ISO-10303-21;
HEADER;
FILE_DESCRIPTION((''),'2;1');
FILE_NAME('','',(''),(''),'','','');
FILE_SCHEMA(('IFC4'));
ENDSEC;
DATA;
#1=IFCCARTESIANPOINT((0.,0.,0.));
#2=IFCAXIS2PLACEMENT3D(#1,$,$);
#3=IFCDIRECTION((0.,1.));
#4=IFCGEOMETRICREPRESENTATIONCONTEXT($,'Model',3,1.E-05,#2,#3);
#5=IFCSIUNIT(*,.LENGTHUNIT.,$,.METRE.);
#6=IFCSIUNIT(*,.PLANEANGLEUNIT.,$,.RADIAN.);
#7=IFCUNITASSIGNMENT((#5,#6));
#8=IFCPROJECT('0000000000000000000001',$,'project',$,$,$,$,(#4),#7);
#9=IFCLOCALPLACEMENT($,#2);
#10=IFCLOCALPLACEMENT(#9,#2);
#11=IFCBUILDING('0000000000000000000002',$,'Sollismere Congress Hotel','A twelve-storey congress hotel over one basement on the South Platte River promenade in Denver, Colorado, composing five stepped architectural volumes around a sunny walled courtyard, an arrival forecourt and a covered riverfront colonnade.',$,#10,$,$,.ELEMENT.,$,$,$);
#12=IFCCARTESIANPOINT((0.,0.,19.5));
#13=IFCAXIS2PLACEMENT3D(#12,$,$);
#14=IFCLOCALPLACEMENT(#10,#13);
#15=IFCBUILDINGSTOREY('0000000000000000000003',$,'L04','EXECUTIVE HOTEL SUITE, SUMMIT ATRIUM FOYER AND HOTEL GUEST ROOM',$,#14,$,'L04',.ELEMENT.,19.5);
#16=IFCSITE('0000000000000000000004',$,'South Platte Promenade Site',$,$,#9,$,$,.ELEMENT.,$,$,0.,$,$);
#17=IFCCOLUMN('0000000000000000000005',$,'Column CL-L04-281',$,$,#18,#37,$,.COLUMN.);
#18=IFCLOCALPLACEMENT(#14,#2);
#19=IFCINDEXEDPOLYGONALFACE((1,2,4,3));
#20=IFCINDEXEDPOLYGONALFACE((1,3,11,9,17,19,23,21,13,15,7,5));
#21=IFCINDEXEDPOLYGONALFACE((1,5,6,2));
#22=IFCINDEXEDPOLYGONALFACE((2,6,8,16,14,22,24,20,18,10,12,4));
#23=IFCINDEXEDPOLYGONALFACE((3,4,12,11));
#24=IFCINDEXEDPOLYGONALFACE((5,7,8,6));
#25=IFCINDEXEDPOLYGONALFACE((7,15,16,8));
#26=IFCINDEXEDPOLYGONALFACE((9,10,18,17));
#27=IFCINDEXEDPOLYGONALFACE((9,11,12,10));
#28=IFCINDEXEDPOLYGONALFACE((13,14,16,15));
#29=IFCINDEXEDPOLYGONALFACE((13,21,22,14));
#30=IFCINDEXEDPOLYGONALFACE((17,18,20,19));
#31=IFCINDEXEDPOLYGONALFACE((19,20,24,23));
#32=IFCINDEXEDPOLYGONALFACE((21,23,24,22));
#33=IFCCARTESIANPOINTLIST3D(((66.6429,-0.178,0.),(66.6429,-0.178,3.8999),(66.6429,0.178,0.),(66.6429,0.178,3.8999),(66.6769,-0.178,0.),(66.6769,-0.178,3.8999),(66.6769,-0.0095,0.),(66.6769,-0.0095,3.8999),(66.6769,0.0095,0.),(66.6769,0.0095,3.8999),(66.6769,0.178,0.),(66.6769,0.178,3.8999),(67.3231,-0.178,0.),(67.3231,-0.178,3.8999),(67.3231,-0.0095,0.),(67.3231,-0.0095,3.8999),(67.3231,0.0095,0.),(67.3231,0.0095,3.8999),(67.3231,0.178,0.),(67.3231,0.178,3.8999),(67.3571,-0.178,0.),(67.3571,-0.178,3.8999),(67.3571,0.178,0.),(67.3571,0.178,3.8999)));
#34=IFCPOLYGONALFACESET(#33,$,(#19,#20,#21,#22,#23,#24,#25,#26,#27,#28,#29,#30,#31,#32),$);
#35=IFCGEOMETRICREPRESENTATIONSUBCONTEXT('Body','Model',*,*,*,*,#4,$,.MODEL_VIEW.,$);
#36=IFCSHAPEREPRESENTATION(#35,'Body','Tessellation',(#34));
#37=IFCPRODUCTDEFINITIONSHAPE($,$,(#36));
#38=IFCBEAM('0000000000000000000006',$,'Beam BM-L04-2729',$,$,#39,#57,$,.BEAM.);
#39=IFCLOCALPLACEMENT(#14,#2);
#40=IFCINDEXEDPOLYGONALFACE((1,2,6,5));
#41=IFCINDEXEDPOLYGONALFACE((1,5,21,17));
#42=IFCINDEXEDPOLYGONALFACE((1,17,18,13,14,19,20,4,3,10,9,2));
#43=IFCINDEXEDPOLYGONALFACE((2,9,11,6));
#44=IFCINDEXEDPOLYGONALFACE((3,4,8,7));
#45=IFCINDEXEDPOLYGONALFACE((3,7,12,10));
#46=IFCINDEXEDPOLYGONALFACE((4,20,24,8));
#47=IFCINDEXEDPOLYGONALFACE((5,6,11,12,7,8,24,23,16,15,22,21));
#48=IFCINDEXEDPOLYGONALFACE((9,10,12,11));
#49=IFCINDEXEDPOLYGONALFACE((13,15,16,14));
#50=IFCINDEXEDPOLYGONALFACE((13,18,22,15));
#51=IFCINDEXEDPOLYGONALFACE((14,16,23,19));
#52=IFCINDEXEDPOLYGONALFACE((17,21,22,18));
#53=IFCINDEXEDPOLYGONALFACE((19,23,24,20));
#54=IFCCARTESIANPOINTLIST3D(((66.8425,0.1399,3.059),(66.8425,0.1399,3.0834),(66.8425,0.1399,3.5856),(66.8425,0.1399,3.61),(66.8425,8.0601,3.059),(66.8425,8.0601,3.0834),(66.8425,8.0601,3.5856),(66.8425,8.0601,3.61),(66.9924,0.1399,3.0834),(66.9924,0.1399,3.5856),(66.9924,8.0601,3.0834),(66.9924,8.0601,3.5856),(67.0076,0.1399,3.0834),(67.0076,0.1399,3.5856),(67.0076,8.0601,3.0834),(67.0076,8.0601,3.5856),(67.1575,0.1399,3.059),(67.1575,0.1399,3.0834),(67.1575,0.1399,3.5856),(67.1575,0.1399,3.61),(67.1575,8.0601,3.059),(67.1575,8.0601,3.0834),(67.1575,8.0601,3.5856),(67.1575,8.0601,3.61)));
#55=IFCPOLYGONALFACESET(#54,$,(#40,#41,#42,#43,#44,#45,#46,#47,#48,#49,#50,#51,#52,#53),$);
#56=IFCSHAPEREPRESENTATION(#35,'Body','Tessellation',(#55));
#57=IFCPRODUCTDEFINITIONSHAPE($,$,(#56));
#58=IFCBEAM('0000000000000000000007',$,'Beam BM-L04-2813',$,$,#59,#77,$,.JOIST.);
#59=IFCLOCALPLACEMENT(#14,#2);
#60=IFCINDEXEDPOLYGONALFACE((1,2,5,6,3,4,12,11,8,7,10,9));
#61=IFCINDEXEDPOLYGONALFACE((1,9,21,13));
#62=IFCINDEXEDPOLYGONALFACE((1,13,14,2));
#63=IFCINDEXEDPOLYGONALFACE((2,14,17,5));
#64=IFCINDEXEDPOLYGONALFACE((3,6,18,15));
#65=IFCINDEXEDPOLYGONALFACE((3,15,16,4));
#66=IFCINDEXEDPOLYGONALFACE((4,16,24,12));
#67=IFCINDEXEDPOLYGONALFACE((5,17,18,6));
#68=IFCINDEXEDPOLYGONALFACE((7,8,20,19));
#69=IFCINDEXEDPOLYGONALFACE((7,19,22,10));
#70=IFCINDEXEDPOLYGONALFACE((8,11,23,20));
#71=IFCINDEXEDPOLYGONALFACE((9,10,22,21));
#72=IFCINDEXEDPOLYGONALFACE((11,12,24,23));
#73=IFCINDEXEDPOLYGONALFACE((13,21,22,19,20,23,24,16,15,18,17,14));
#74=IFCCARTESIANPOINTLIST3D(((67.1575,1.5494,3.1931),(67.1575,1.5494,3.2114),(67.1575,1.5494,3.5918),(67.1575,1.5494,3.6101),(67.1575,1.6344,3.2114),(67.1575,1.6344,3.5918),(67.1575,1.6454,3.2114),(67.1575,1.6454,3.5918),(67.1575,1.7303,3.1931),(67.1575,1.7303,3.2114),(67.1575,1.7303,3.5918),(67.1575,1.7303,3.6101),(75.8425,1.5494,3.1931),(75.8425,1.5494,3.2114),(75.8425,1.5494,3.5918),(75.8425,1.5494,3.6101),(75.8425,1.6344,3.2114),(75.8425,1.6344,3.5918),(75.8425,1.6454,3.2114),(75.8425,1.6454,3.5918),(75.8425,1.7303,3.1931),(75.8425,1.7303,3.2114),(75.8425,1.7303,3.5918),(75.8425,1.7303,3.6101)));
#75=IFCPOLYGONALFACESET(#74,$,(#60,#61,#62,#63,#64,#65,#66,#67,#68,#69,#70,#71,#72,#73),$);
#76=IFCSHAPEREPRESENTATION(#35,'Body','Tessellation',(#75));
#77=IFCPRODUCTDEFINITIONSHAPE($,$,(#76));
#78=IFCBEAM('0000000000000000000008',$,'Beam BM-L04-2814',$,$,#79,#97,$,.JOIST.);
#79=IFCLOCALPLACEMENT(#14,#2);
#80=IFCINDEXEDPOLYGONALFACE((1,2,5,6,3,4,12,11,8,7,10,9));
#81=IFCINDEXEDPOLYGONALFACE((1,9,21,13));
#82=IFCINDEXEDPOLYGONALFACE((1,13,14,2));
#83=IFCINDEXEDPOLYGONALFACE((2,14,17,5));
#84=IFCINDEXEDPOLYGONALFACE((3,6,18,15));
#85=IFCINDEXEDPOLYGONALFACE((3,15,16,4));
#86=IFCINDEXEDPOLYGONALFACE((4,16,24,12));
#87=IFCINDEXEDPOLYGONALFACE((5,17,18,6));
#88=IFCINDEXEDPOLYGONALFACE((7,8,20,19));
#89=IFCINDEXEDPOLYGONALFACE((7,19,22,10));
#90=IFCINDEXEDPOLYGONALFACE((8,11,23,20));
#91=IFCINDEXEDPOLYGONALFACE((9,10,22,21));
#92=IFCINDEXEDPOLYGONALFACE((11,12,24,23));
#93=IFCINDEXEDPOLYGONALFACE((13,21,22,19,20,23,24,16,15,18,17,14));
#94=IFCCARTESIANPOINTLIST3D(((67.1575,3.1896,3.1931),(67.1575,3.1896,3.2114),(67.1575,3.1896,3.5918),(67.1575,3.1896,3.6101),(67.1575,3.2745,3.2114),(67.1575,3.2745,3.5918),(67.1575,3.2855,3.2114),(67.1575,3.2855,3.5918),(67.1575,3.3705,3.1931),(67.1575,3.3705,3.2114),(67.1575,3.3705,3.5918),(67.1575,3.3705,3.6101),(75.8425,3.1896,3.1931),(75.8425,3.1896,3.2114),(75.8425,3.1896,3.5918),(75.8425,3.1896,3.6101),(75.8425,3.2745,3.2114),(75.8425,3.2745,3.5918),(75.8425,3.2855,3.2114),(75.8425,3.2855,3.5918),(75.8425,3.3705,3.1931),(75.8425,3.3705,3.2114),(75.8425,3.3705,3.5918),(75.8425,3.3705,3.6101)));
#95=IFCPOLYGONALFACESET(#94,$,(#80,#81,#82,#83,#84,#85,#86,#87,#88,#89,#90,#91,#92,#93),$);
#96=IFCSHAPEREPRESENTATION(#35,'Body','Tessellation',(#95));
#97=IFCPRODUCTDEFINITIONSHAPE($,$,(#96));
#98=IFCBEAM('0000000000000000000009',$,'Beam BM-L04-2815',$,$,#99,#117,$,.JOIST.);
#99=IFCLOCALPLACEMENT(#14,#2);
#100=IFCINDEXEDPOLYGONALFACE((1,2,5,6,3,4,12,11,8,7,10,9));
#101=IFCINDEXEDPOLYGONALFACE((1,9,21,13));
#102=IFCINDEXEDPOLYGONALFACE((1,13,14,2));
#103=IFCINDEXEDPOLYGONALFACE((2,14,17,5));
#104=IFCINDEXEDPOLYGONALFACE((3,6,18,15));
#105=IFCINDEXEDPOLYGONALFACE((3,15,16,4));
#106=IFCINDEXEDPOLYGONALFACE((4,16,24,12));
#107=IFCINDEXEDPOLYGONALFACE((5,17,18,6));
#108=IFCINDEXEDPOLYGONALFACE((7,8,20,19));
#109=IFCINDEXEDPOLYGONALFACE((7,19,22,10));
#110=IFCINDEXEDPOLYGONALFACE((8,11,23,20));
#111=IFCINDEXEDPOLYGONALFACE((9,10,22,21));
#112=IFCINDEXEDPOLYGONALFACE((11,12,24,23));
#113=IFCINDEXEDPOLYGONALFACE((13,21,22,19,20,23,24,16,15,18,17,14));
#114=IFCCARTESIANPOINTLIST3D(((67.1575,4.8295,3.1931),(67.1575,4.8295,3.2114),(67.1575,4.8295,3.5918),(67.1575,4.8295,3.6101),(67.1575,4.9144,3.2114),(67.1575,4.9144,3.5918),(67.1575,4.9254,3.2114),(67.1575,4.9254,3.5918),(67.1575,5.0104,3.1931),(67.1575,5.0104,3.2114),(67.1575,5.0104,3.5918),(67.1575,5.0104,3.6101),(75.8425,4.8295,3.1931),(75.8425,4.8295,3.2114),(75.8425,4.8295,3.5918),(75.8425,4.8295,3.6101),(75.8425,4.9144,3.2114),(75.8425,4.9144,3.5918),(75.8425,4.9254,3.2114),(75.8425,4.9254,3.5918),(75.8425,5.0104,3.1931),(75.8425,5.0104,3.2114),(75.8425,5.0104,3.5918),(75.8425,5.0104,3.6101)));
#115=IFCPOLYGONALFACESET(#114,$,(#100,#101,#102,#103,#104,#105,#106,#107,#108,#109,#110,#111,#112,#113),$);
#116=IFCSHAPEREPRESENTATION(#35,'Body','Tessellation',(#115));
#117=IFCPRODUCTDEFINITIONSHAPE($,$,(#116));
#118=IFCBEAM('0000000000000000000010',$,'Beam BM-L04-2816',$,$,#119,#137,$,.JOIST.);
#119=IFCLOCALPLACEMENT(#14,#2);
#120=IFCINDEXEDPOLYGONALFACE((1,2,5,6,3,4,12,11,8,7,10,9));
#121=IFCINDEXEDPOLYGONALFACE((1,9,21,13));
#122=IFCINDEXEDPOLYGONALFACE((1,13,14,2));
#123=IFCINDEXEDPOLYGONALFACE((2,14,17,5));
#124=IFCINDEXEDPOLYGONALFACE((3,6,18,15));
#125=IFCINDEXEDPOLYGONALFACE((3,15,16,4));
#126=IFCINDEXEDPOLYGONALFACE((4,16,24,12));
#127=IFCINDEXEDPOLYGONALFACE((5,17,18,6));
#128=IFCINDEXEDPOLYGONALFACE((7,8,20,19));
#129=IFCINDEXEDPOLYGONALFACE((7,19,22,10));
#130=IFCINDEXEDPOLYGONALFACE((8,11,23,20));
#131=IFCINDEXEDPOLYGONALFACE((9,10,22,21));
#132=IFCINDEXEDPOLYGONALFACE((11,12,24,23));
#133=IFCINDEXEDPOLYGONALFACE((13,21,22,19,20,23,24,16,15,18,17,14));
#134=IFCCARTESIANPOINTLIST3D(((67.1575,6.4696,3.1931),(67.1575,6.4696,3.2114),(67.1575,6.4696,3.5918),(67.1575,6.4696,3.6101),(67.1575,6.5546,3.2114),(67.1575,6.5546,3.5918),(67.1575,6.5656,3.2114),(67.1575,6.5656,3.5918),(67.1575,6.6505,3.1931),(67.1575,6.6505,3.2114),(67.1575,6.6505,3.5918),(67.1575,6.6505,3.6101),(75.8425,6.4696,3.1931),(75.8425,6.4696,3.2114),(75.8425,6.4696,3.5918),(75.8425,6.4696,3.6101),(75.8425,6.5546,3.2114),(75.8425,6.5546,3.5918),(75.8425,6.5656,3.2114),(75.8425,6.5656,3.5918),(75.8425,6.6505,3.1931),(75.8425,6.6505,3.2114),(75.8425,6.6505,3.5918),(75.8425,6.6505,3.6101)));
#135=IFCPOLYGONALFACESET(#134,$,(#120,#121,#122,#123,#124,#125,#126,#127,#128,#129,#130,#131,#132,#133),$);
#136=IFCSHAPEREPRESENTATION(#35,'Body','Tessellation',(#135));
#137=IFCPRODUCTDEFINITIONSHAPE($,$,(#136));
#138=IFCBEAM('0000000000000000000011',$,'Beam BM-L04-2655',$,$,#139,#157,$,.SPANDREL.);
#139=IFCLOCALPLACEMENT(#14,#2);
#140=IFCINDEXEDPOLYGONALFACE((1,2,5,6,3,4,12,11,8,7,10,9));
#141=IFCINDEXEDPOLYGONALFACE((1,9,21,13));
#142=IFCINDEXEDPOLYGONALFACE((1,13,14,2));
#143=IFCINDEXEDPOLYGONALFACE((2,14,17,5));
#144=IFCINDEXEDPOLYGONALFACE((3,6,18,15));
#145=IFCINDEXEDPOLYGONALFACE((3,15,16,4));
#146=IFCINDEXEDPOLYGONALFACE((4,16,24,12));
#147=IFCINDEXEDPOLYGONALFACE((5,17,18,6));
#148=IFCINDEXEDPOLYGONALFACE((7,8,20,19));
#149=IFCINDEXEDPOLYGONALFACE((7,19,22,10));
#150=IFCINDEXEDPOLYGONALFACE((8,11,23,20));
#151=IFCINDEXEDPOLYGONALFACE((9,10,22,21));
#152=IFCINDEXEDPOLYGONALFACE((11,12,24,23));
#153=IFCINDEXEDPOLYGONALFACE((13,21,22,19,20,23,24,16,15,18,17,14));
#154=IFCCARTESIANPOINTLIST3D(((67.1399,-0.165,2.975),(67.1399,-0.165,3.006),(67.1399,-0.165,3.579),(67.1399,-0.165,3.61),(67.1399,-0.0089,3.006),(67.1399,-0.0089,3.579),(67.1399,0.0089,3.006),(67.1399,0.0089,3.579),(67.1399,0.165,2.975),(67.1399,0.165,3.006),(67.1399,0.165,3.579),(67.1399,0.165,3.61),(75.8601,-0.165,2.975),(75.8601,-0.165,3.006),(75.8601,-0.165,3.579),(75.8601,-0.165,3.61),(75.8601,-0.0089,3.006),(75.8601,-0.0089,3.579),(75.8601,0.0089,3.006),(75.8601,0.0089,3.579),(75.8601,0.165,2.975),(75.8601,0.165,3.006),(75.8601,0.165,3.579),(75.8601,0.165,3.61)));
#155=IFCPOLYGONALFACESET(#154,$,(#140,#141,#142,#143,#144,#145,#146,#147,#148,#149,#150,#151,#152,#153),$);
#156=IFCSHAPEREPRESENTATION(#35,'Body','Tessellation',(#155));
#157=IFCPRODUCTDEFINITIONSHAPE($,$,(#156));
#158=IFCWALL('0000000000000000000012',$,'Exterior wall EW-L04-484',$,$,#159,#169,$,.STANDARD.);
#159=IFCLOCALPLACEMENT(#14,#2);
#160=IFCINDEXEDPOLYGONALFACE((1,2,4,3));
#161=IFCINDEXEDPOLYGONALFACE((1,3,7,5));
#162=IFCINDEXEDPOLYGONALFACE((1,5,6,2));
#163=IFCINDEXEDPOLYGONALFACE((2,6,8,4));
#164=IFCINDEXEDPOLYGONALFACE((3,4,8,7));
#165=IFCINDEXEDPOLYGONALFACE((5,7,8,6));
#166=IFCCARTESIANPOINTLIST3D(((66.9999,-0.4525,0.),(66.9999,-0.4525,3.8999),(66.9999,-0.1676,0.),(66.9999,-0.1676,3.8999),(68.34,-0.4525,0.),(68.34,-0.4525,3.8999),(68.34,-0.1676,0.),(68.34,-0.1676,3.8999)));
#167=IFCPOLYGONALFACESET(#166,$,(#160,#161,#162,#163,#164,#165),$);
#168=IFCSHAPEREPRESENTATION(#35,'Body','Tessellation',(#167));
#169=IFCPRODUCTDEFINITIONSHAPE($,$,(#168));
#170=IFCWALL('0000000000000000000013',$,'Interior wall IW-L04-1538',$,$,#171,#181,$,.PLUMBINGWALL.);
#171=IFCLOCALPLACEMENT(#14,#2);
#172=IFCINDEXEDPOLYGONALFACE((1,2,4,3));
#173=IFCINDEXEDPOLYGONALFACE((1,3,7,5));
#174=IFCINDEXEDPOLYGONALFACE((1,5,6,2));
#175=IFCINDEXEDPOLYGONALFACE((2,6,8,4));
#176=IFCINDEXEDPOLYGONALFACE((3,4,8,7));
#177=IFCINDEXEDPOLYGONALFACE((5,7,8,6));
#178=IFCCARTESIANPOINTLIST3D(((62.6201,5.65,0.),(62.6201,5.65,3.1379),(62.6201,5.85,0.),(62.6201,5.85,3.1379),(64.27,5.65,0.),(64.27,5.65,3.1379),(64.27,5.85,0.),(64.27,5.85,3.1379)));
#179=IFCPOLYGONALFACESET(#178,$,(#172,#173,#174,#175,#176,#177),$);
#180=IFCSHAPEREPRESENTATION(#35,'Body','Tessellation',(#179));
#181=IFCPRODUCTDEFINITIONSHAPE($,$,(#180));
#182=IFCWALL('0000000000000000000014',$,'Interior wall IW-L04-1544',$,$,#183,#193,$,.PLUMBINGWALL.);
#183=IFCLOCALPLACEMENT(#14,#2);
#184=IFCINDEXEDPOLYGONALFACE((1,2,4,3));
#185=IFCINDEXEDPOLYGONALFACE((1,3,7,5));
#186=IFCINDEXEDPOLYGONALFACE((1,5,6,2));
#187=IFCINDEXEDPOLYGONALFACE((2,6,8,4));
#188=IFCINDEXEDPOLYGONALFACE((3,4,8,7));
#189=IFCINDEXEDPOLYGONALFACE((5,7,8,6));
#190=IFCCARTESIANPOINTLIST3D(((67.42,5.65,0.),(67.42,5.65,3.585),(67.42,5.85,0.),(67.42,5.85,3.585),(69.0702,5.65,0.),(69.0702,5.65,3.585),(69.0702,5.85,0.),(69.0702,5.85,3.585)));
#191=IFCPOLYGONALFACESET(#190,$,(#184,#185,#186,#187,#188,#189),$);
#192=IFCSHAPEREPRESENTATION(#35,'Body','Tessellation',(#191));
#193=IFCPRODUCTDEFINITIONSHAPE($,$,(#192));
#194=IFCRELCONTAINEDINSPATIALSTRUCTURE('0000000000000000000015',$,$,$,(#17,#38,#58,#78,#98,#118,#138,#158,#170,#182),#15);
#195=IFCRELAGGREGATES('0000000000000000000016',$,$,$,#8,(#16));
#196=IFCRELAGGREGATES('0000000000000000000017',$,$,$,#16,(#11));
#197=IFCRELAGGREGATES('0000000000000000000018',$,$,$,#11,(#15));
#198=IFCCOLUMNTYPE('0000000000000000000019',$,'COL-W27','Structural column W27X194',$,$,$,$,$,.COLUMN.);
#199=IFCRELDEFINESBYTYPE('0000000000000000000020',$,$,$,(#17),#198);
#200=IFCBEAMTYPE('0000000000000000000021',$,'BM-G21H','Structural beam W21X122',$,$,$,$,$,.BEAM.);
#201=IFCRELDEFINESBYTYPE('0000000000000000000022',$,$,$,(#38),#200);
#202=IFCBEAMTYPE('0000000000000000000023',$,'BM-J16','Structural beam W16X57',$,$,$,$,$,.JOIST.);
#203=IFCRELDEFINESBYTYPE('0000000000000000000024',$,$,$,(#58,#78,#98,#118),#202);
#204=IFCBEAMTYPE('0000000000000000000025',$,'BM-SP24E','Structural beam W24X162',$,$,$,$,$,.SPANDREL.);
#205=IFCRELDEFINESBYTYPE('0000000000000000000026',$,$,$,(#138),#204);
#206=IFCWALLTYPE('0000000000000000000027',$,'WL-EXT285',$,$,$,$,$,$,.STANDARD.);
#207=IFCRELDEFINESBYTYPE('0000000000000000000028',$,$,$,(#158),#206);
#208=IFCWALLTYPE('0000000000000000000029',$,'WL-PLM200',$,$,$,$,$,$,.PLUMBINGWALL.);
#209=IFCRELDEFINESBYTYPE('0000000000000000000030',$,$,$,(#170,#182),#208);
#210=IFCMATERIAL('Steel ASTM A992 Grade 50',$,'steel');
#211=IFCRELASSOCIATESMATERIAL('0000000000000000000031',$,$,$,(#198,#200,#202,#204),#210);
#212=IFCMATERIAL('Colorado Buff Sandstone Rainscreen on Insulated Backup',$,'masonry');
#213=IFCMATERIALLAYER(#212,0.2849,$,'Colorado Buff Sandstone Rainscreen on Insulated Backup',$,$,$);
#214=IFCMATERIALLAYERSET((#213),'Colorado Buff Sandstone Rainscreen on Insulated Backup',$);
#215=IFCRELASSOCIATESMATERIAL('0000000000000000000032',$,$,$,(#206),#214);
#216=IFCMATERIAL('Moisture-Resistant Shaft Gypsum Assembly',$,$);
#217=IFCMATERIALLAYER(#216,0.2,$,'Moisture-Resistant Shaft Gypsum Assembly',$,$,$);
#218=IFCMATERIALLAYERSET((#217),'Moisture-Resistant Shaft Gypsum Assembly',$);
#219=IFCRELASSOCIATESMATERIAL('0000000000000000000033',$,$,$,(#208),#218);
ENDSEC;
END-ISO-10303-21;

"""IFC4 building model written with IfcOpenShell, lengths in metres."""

from ifc_helpers import new_model, si_unit, direction, frame, frame_2d, origin, origin_2d, place, context, subcontext, project, spatial, rectangle, i_section, extrude, material, layer, layer_set, material_profile, profile_set, type_object, element, save


model = new_model("IFC4")

# Units and contexts
model_context = context("Model", 3, precision=1e-05, world=origin(), true_north=direction((0.0, 1.0)))
body_context = subcontext(model_context, "Body", "Model", "MODEL_VIEW")
ifc_project = project(units=[si_unit("LENGTHUNIT", "METRE"), si_unit("PLANEANGLEUNIT", "RADIAN")], contexts=[model_context])

# Site, building, storey
site_placement = place(None, origin())
site = spatial("IfcSite", under=ifc_project, at=site_placement, Name="South Platte Promenade Site", CompositionType="ELEMENT", RefElevation=0.0)
building_placement = place(site_placement, origin())
building = spatial("IfcBuilding", under=site, at=building_placement, Name="Sollismere Congress Hotel", Description="A twelve-storey congress hotel over one basement on the South Platte River promenade in Denver, Colorado, composing five stepped architectural volumes around a sunny walled courtyard, an arrival forecourt and a covered riverfront colonnade.", CompositionType="ELEMENT")
storey_placement = place(building_placement, frame((0.0, 0.0, 19.5)))
storey = spatial("IfcBuildingStorey", under=building, at=storey_placement, Name="L04", Description="EXECUTIVE HOTEL SUITE, SUMMIT ATRIUM FOYER AND HOTEL GUEST ROOM", LongName="L04", CompositionType="ELEMENT", Elevation=19.5)

# Column
ifc_material_1 = material(Name="Steel ASTM A992 Grade 50", Category="steel")
ifc_material_profile_1 = material_profile(ifc_material_1, i_section(OverallWidth=0.356, OverallDepth=0.7141, WebThickness=0.019, FlangeThickness=0.0339, at=origin_2d()), Name="W27X194")
ifc_profile_set_1 = profile_set([ifc_material_profile_1], Name="Steel ASTM A992 Grade 50")
column_type = type_object("IfcColumnType", Name="COL-W27", Description="Structural column W27X194", PredefinedType="COLUMN", material=ifc_profile_set_1)
column_placement = place(storey_placement, frame((67.0, 0.0, 0.0), z_axis=(0.0, 0.0, 1.0), x_axis=(0.0, 1.0, 0.0)))
element("IfcColumn", 1, at=column_placement, inside=storey, type_object=column_type, Name="Column CL-L04-281", PredefinedType="COLUMN", context=body_context, shape_type="SweptSolid", body=[
    extrude(i_section(OverallWidth=0.356, OverallDepth=0.7141, WebThickness=0.019, FlangeThickness=0.0339, at=origin_2d()), origin(), (0.0, 0.0, 1.0), 3.8999),
])

# Beams
ifc_material_profile_2 = material_profile(ifc_material_1, i_section(OverallWidth=0.3149, OverallDepth=0.551, WebThickness=0.0151, FlangeThickness=0.0244, at=origin_2d()), Name="W21X122")
ifc_profile_set_2 = profile_set([ifc_material_profile_2], Name="Steel ASTM A992 Grade 50")
beam_type_1 = type_object("IfcBeamType", Name="BM-G21H", Description="Structural beam W21X122", PredefinedType="BEAM", material=ifc_profile_set_2)
beam_1_placement = place(storey_placement, frame((67.0, 0.1399, 3.3345), z_axis=(0.0, 1.0, 0.0), x_axis=(-1.0, 0.0, 0.0)))
element("IfcBeam", 2, at=beam_1_placement, inside=storey, type_object=beam_type_1, Name="Beam BM-L04-2729", PredefinedType="BEAM", context=body_context, shape_type="SweptSolid", body=[
    extrude(i_section(OverallWidth=0.3149, OverallDepth=0.551, WebThickness=0.0151, FlangeThickness=0.0244, at=origin_2d()), origin(), (0.0, 0.0, 1.0), 7.9202),
])
ifc_material_profile_3 = material_profile(ifc_material_1, i_section(OverallWidth=0.1809, OverallDepth=0.417, WebThickness=0.011, FlangeThickness=0.0183, at=origin_2d()), Name="W16X57")
ifc_profile_set_3 = profile_set([ifc_material_profile_3], Name="Steel ASTM A992 Grade 50")
beam_type_2 = type_object("IfcBeamType", Name="BM-J16", Description="Structural beam W16X57", PredefinedType="JOIST", material=ifc_profile_set_3)
for number, where, z_axis, x_axis, name in (
    (3, (67.1575, 1.6399, 3.4016), (1.0, 0.0, 0.0), (0.0, 1.0, 0.0), "Beam BM-L04-2813"),
    (4, (67.1575, 3.28, 3.4016), (1.0, 0.0, 0.0), (0.0, 1.0, 0.0), "Beam BM-L04-2814"),
    (5, (67.1575, 4.9199, 3.4016), (1.0, 0.0, 0.0), (0.0, 1.0, 0.0), "Beam BM-L04-2815"),
    (6, (67.1575, 6.5601, 3.4016), (1.0, 0.0, 0.0), (0.0, 1.0, 0.0), "Beam BM-L04-2816"),
):
    element("IfcBeam", number, at=place(storey_placement, frame(where, z_axis=z_axis, x_axis=x_axis)), inside=storey, type_object=beam_type_2, Name=name, PredefinedType="JOIST", context=body_context, shape_type="SweptSolid", body=[
        extrude(i_section(OverallWidth=0.1809, OverallDepth=0.417, WebThickness=0.011, FlangeThickness=0.0183, at=origin_2d()), origin(), (0.0, 0.0, 1.0), 8.6851),
    ])
ifc_material_profile_4 = material_profile(ifc_material_1, i_section(OverallWidth=0.3301, OverallDepth=0.635, WebThickness=0.0178, FlangeThickness=0.031, at=origin_2d()), Name="W24X162")
ifc_profile_set_4 = profile_set([ifc_material_profile_4], Name="Steel ASTM A992 Grade 50")
beam_type_3 = type_object("IfcBeamType", Name="BM-SP24E", Description="Structural beam W24X162", PredefinedType="SPANDREL", material=ifc_profile_set_4)
beam_2_placement = place(storey_placement, frame((67.1399, 0.0, 3.2925), z_axis=(1.0, 0.0, 0.0), x_axis=(0.0, 1.0, 0.0)))
element("IfcBeam", 7, at=beam_2_placement, inside=storey, type_object=beam_type_3, Name="Beam BM-L04-2655", PredefinedType="SPANDREL", context=body_context, shape_type="SweptSolid", body=[
    extrude(i_section(OverallWidth=0.3301, OverallDepth=0.635, WebThickness=0.0178, FlangeThickness=0.031, at=origin_2d()), origin(), (0.0, 0.0, 1.0), 8.7202),
])

# Walls
ifc_material_2 = material(Name="Colorado Buff Sandstone Rainscreen on Insulated Backup", Category="masonry")
ifc_layer_1 = layer(ifc_material_2, 0.2849, Name="Colorado Buff Sandstone Rainscreen on Insulated Backup")
ifc_layer_set_1 = layer_set([ifc_layer_1], Name="Colorado Buff Sandstone Rainscreen on Insulated Backup")
wall_type_1 = type_object("IfcWallType", Name="WL-EXT285", PredefinedType="STANDARD", material=ifc_layer_set_1)
wall_1_placement = place(storey_placement, frame((67.0, -0.3101, 0.0), z_axis=(0.0, 0.0, 1.0), x_axis=(1.0, 0.0, 0.0)))
element("IfcWall", 8, at=wall_1_placement, inside=storey, type_object=wall_type_1, Name="Exterior wall EW-L04-484", PredefinedType="STANDARD", context=body_context, shape_type="SweptSolid", body=[
    extrude(rectangle(XDim=1.3401, YDim=0.2849, at=frame_2d((0.6699, 0.0))), origin(), (0.0, 0.0, 1.0), 3.8999),
])
ifc_material_3 = material(Name="Moisture-Resistant Shaft Gypsum Assembly")
ifc_layer_2 = layer(ifc_material_3, 0.2, Name="Moisture-Resistant Shaft Gypsum Assembly")
ifc_layer_set_2 = layer_set([ifc_layer_2], Name="Moisture-Resistant Shaft Gypsum Assembly")
wall_type_2 = type_object("IfcWallType", Name="WL-PLM200", PredefinedType="PLUMBINGWALL", material=ifc_layer_set_2)
wall_2_placement = place(storey_placement, frame((62.6201, 5.75, 0.0), z_axis=(0.0, 0.0, 1.0), x_axis=(1.0, 0.0, 0.0)))
element("IfcWall", 9, at=wall_2_placement, inside=storey, type_object=wall_type_2, Name="Interior wall IW-L04-1538", PredefinedType="PLUMBINGWALL", context=body_context, shape_type="SweptSolid", body=[
    extrude(rectangle(XDim=1.6499, YDim=0.2, at=frame_2d((0.825, 0.0))), origin(), (0.0, 0.0, 1.0), 3.1379),
])
wall_3_placement = place(storey_placement, frame((67.4199, 5.75, 0.0), z_axis=(0.0, 0.0, 1.0), x_axis=(1.0, 0.0, 0.0)))
element("IfcWall", 10, at=wall_3_placement, inside=storey, type_object=wall_type_2, Name="Interior wall IW-L04-1544", PredefinedType="PLUMBINGWALL", context=body_context, shape_type="SweptSolid", body=[
    extrude(rectangle(XDim=1.6501, YDim=0.2, at=frame_2d((0.8252, 0.0))), origin(), (0.0, 0.0, 1.0), 3.585),
])

save(model, "model.ifc")
